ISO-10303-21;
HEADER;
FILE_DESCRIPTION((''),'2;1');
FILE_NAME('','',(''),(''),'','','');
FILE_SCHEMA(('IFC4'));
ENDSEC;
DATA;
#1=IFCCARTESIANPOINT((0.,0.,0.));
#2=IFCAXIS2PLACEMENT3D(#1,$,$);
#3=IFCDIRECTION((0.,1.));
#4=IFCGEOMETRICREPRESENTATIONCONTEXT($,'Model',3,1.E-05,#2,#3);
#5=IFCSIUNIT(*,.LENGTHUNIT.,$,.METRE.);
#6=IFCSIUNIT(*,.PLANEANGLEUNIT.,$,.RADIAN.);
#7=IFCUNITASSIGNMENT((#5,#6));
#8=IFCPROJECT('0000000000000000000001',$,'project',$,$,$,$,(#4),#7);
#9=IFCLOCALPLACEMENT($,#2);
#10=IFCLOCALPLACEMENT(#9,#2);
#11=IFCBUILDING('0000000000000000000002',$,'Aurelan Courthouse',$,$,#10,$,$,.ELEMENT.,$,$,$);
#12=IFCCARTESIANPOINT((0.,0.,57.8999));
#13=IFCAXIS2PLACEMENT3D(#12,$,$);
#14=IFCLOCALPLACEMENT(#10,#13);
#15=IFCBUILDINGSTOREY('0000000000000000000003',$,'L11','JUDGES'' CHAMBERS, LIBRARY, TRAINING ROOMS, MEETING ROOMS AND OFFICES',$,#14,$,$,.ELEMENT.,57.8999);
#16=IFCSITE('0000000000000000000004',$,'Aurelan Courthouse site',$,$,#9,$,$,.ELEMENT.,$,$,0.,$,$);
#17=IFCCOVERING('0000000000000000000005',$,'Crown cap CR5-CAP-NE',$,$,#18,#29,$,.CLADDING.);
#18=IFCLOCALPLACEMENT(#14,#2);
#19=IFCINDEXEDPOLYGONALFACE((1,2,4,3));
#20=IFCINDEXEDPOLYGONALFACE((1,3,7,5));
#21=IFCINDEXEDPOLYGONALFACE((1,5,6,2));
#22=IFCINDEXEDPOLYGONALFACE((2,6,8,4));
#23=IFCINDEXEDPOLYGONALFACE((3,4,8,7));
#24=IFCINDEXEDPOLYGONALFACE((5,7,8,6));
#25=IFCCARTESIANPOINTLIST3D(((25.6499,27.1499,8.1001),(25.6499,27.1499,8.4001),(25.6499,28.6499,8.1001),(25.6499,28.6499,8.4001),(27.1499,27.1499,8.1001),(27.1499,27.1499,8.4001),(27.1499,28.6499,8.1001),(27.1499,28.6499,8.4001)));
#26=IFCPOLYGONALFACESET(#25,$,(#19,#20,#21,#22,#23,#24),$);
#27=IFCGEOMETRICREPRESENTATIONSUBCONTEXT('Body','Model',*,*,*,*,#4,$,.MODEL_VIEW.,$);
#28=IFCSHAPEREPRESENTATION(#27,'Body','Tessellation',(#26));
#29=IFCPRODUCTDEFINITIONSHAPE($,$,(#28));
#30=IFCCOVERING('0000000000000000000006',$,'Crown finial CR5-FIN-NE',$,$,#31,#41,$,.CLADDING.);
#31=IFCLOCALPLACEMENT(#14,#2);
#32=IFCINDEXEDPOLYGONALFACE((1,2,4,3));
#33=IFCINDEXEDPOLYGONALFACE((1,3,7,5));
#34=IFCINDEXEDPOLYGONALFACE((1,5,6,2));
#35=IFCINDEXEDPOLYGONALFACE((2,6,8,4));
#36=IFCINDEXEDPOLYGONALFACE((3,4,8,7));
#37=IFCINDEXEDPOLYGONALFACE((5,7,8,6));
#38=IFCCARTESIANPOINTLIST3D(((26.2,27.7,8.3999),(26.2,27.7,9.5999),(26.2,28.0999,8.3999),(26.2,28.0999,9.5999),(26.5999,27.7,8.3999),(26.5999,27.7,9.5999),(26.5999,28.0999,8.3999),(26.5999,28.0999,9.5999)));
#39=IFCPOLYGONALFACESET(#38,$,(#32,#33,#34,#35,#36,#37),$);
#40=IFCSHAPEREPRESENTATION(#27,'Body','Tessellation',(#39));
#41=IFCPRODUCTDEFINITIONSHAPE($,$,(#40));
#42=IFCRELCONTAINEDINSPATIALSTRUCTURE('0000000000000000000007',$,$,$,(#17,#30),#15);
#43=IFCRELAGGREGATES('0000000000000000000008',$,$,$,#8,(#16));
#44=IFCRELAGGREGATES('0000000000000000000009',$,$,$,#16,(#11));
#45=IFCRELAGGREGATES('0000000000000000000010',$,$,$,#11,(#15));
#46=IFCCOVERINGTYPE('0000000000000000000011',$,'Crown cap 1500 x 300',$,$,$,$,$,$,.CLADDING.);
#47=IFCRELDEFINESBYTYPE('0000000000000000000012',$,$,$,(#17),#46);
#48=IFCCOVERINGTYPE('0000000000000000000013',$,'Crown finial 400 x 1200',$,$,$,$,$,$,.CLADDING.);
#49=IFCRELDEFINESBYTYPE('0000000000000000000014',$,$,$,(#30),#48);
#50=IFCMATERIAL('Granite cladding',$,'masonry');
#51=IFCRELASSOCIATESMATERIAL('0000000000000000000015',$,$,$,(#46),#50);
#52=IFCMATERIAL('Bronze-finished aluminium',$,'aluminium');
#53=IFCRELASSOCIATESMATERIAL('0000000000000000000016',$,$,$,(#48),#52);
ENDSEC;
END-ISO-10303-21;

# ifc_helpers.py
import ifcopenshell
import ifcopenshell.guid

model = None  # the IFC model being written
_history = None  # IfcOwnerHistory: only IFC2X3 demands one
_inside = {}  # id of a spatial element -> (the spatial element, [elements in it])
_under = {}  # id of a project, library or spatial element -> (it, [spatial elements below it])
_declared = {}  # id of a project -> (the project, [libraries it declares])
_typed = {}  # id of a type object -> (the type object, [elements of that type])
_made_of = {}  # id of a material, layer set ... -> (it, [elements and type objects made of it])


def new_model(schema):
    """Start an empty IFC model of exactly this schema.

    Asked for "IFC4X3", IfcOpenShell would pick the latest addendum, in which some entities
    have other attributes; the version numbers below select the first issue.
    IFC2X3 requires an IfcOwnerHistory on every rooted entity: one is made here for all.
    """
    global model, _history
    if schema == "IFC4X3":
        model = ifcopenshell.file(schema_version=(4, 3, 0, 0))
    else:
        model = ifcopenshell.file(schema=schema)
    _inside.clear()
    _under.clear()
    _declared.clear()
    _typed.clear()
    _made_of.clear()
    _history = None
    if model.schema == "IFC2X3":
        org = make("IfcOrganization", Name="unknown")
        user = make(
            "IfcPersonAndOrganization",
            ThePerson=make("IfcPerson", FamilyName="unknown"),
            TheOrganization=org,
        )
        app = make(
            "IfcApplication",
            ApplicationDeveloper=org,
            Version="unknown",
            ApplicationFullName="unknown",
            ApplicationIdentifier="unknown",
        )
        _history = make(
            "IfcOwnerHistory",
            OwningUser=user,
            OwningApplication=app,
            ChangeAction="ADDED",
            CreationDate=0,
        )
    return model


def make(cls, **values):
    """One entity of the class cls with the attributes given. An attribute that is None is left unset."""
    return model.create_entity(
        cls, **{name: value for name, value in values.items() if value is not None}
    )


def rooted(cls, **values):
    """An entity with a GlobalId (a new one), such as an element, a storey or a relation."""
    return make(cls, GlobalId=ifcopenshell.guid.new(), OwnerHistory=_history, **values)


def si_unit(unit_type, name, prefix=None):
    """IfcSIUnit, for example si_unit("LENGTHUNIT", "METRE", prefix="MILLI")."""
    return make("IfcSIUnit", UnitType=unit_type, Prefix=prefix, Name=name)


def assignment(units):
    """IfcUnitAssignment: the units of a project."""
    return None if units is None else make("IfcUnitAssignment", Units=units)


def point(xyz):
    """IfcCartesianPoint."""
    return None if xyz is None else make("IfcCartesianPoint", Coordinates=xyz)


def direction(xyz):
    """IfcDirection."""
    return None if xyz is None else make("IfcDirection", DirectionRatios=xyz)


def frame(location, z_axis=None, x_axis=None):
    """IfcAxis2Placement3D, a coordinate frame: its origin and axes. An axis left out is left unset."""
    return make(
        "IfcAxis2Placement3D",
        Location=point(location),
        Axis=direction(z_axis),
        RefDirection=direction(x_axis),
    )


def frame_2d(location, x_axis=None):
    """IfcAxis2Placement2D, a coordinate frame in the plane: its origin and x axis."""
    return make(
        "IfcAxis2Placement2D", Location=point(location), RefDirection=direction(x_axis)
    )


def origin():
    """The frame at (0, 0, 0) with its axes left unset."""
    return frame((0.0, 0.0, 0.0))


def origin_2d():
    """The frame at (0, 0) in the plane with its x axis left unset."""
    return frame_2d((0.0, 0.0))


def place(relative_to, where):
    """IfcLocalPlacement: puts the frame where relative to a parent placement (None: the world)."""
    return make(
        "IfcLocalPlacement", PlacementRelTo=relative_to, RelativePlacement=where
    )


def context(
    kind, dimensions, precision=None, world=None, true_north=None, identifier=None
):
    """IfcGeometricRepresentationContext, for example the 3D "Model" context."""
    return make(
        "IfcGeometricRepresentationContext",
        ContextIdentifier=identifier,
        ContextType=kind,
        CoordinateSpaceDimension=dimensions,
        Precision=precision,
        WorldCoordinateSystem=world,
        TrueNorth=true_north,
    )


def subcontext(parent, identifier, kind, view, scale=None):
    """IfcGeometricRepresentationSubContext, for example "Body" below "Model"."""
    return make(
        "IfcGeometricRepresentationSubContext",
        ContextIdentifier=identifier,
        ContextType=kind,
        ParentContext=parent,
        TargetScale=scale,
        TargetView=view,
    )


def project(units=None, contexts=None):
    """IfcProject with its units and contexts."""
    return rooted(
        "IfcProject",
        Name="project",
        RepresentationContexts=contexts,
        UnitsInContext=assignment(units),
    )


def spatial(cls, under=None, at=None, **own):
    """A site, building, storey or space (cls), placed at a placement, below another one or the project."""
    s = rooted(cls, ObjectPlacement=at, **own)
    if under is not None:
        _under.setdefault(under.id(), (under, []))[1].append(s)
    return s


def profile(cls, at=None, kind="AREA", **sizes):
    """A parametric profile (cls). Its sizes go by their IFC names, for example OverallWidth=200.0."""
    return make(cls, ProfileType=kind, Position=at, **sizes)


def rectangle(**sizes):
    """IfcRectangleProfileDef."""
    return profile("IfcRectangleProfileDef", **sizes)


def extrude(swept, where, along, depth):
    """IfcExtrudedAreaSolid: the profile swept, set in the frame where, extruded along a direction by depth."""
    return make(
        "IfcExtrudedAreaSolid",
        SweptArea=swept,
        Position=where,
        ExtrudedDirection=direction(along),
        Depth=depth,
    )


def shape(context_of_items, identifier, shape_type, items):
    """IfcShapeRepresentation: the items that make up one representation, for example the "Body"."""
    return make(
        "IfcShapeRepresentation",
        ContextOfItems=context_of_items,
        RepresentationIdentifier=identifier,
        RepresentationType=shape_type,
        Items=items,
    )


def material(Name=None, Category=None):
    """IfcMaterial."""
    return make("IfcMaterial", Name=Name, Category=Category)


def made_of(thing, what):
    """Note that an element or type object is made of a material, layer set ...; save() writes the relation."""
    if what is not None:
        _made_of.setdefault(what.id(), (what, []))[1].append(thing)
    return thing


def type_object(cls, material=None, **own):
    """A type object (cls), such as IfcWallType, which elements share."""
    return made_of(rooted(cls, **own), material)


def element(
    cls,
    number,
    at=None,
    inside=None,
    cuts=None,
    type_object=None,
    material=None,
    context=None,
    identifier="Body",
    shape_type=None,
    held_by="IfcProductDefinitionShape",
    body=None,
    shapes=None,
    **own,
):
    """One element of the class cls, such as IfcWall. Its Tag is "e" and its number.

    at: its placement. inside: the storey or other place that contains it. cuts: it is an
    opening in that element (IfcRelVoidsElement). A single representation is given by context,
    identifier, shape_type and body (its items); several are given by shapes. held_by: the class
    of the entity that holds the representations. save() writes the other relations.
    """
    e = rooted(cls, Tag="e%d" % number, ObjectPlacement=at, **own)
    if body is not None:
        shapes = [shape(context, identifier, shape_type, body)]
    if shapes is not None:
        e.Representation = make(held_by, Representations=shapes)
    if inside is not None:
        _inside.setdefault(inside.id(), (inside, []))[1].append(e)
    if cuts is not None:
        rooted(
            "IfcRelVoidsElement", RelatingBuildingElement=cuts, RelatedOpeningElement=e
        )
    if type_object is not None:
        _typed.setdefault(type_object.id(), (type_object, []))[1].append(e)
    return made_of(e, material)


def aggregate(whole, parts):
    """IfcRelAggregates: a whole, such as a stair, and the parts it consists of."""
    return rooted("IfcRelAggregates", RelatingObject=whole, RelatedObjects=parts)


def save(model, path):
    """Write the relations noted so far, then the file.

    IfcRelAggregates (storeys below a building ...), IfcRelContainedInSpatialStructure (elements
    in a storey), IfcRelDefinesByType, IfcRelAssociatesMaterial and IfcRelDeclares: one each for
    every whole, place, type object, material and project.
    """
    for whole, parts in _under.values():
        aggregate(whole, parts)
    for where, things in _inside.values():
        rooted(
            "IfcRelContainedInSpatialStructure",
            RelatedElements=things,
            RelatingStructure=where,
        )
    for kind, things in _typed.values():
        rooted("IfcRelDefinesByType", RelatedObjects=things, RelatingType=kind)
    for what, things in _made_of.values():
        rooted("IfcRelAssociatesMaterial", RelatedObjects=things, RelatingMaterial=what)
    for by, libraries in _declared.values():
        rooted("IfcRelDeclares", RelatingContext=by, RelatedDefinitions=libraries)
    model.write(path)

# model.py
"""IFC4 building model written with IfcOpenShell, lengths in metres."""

from ifc_helpers import new_model, si_unit, direction, frame, origin, origin_2d, place, context, subcontext, project, spatial, rectangle, extrude, material, type_object, element, save


model = new_model("IFC4")

# Units and contexts
model_context = context("Model", 3, precision=1e-05, world=origin(), true_north=direction((0.0, 1.0)))
body_context = subcontext(model_context, "Body", "Model", "MODEL_VIEW")
ifc_project = project(units=[si_unit("LENGTHUNIT", "METRE"), si_unit("PLANEANGLEUNIT", "RADIAN")], contexts=[model_context])

# Site, building, storey
site_placement = place(None, origin())
site = spatial("IfcSite", under=ifc_project, at=site_placement, Name="Aurelan Courthouse site", CompositionType="ELEMENT", RefElevation=0.0)
building_placement = place(site_placement, origin())
building = spatial("IfcBuilding", under=site, at=building_placement, Name="Aurelan Courthouse", CompositionType="ELEMENT")
storey_placement = place(building_placement, frame((0.0, 0.0, 57.8999)))
storey = spatial("IfcBuildingStorey", under=building, at=storey_placement, Name="L11", Description="JUDGES' CHAMBERS, LIBRARY, TRAINING ROOMS, MEETING ROOMS AND OFFICES", CompositionType="ELEMENT", Elevation=57.8999)

# Shared definitions
ifc_material_1 = material(Name="Bronze-finished aluminium", Category="aluminium")

# Coverings
ifc_material_2 = material(Name="Granite cladding", Category="masonry")
covering_type_1 = type_object("IfcCoveringType", Name="Crown cap 1500 x 300", PredefinedType="CLADDING", material=ifc_material_2)
covering_1_placement = place(storey_placement, frame((26.3999, 27.8999, 8.1001), z_axis=(0.0, 0.0, 1.0), x_axis=(1.0, 0.0, 0.0)))
element("IfcCovering", 1, at=covering_1_placement, inside=storey, type_object=covering_type_1, Name="Crown cap CR5-CAP-NE", PredefinedType="CLADDING", context=body_context, shape_type="SweptSolid", body=[
    extrude(rectangle(XDim=1.5, YDim=1.5, at=origin_2d()), origin(), (0.0, 0.0, 1.0), 0.3),
])
covering_type_2 = type_object("IfcCoveringType", Name="Crown finial 400 x 1200", PredefinedType="CLADDING", material=ifc_material_1)
covering_2_placement = place(storey_placement, frame((26.3999, 27.8999, 8.3999), z_axis=(0.0, 0.0, 1.0), x_axis=(1.0, 0.0, 0.0)))
element("IfcCovering", 2, at=covering_2_placement, inside=storey, type_object=covering_type_2, Name="Crown finial CR5-FIN-NE", PredefinedType="CLADDING", context=body_context, shape_type="SweptSolid", body=[
    extrude(rectangle(XDim=0.3999, YDim=0.3999, at=origin_2d()), origin(), (0.0, 0.0, 1.0), 1.2),
])

save(model, "model.ifc")
